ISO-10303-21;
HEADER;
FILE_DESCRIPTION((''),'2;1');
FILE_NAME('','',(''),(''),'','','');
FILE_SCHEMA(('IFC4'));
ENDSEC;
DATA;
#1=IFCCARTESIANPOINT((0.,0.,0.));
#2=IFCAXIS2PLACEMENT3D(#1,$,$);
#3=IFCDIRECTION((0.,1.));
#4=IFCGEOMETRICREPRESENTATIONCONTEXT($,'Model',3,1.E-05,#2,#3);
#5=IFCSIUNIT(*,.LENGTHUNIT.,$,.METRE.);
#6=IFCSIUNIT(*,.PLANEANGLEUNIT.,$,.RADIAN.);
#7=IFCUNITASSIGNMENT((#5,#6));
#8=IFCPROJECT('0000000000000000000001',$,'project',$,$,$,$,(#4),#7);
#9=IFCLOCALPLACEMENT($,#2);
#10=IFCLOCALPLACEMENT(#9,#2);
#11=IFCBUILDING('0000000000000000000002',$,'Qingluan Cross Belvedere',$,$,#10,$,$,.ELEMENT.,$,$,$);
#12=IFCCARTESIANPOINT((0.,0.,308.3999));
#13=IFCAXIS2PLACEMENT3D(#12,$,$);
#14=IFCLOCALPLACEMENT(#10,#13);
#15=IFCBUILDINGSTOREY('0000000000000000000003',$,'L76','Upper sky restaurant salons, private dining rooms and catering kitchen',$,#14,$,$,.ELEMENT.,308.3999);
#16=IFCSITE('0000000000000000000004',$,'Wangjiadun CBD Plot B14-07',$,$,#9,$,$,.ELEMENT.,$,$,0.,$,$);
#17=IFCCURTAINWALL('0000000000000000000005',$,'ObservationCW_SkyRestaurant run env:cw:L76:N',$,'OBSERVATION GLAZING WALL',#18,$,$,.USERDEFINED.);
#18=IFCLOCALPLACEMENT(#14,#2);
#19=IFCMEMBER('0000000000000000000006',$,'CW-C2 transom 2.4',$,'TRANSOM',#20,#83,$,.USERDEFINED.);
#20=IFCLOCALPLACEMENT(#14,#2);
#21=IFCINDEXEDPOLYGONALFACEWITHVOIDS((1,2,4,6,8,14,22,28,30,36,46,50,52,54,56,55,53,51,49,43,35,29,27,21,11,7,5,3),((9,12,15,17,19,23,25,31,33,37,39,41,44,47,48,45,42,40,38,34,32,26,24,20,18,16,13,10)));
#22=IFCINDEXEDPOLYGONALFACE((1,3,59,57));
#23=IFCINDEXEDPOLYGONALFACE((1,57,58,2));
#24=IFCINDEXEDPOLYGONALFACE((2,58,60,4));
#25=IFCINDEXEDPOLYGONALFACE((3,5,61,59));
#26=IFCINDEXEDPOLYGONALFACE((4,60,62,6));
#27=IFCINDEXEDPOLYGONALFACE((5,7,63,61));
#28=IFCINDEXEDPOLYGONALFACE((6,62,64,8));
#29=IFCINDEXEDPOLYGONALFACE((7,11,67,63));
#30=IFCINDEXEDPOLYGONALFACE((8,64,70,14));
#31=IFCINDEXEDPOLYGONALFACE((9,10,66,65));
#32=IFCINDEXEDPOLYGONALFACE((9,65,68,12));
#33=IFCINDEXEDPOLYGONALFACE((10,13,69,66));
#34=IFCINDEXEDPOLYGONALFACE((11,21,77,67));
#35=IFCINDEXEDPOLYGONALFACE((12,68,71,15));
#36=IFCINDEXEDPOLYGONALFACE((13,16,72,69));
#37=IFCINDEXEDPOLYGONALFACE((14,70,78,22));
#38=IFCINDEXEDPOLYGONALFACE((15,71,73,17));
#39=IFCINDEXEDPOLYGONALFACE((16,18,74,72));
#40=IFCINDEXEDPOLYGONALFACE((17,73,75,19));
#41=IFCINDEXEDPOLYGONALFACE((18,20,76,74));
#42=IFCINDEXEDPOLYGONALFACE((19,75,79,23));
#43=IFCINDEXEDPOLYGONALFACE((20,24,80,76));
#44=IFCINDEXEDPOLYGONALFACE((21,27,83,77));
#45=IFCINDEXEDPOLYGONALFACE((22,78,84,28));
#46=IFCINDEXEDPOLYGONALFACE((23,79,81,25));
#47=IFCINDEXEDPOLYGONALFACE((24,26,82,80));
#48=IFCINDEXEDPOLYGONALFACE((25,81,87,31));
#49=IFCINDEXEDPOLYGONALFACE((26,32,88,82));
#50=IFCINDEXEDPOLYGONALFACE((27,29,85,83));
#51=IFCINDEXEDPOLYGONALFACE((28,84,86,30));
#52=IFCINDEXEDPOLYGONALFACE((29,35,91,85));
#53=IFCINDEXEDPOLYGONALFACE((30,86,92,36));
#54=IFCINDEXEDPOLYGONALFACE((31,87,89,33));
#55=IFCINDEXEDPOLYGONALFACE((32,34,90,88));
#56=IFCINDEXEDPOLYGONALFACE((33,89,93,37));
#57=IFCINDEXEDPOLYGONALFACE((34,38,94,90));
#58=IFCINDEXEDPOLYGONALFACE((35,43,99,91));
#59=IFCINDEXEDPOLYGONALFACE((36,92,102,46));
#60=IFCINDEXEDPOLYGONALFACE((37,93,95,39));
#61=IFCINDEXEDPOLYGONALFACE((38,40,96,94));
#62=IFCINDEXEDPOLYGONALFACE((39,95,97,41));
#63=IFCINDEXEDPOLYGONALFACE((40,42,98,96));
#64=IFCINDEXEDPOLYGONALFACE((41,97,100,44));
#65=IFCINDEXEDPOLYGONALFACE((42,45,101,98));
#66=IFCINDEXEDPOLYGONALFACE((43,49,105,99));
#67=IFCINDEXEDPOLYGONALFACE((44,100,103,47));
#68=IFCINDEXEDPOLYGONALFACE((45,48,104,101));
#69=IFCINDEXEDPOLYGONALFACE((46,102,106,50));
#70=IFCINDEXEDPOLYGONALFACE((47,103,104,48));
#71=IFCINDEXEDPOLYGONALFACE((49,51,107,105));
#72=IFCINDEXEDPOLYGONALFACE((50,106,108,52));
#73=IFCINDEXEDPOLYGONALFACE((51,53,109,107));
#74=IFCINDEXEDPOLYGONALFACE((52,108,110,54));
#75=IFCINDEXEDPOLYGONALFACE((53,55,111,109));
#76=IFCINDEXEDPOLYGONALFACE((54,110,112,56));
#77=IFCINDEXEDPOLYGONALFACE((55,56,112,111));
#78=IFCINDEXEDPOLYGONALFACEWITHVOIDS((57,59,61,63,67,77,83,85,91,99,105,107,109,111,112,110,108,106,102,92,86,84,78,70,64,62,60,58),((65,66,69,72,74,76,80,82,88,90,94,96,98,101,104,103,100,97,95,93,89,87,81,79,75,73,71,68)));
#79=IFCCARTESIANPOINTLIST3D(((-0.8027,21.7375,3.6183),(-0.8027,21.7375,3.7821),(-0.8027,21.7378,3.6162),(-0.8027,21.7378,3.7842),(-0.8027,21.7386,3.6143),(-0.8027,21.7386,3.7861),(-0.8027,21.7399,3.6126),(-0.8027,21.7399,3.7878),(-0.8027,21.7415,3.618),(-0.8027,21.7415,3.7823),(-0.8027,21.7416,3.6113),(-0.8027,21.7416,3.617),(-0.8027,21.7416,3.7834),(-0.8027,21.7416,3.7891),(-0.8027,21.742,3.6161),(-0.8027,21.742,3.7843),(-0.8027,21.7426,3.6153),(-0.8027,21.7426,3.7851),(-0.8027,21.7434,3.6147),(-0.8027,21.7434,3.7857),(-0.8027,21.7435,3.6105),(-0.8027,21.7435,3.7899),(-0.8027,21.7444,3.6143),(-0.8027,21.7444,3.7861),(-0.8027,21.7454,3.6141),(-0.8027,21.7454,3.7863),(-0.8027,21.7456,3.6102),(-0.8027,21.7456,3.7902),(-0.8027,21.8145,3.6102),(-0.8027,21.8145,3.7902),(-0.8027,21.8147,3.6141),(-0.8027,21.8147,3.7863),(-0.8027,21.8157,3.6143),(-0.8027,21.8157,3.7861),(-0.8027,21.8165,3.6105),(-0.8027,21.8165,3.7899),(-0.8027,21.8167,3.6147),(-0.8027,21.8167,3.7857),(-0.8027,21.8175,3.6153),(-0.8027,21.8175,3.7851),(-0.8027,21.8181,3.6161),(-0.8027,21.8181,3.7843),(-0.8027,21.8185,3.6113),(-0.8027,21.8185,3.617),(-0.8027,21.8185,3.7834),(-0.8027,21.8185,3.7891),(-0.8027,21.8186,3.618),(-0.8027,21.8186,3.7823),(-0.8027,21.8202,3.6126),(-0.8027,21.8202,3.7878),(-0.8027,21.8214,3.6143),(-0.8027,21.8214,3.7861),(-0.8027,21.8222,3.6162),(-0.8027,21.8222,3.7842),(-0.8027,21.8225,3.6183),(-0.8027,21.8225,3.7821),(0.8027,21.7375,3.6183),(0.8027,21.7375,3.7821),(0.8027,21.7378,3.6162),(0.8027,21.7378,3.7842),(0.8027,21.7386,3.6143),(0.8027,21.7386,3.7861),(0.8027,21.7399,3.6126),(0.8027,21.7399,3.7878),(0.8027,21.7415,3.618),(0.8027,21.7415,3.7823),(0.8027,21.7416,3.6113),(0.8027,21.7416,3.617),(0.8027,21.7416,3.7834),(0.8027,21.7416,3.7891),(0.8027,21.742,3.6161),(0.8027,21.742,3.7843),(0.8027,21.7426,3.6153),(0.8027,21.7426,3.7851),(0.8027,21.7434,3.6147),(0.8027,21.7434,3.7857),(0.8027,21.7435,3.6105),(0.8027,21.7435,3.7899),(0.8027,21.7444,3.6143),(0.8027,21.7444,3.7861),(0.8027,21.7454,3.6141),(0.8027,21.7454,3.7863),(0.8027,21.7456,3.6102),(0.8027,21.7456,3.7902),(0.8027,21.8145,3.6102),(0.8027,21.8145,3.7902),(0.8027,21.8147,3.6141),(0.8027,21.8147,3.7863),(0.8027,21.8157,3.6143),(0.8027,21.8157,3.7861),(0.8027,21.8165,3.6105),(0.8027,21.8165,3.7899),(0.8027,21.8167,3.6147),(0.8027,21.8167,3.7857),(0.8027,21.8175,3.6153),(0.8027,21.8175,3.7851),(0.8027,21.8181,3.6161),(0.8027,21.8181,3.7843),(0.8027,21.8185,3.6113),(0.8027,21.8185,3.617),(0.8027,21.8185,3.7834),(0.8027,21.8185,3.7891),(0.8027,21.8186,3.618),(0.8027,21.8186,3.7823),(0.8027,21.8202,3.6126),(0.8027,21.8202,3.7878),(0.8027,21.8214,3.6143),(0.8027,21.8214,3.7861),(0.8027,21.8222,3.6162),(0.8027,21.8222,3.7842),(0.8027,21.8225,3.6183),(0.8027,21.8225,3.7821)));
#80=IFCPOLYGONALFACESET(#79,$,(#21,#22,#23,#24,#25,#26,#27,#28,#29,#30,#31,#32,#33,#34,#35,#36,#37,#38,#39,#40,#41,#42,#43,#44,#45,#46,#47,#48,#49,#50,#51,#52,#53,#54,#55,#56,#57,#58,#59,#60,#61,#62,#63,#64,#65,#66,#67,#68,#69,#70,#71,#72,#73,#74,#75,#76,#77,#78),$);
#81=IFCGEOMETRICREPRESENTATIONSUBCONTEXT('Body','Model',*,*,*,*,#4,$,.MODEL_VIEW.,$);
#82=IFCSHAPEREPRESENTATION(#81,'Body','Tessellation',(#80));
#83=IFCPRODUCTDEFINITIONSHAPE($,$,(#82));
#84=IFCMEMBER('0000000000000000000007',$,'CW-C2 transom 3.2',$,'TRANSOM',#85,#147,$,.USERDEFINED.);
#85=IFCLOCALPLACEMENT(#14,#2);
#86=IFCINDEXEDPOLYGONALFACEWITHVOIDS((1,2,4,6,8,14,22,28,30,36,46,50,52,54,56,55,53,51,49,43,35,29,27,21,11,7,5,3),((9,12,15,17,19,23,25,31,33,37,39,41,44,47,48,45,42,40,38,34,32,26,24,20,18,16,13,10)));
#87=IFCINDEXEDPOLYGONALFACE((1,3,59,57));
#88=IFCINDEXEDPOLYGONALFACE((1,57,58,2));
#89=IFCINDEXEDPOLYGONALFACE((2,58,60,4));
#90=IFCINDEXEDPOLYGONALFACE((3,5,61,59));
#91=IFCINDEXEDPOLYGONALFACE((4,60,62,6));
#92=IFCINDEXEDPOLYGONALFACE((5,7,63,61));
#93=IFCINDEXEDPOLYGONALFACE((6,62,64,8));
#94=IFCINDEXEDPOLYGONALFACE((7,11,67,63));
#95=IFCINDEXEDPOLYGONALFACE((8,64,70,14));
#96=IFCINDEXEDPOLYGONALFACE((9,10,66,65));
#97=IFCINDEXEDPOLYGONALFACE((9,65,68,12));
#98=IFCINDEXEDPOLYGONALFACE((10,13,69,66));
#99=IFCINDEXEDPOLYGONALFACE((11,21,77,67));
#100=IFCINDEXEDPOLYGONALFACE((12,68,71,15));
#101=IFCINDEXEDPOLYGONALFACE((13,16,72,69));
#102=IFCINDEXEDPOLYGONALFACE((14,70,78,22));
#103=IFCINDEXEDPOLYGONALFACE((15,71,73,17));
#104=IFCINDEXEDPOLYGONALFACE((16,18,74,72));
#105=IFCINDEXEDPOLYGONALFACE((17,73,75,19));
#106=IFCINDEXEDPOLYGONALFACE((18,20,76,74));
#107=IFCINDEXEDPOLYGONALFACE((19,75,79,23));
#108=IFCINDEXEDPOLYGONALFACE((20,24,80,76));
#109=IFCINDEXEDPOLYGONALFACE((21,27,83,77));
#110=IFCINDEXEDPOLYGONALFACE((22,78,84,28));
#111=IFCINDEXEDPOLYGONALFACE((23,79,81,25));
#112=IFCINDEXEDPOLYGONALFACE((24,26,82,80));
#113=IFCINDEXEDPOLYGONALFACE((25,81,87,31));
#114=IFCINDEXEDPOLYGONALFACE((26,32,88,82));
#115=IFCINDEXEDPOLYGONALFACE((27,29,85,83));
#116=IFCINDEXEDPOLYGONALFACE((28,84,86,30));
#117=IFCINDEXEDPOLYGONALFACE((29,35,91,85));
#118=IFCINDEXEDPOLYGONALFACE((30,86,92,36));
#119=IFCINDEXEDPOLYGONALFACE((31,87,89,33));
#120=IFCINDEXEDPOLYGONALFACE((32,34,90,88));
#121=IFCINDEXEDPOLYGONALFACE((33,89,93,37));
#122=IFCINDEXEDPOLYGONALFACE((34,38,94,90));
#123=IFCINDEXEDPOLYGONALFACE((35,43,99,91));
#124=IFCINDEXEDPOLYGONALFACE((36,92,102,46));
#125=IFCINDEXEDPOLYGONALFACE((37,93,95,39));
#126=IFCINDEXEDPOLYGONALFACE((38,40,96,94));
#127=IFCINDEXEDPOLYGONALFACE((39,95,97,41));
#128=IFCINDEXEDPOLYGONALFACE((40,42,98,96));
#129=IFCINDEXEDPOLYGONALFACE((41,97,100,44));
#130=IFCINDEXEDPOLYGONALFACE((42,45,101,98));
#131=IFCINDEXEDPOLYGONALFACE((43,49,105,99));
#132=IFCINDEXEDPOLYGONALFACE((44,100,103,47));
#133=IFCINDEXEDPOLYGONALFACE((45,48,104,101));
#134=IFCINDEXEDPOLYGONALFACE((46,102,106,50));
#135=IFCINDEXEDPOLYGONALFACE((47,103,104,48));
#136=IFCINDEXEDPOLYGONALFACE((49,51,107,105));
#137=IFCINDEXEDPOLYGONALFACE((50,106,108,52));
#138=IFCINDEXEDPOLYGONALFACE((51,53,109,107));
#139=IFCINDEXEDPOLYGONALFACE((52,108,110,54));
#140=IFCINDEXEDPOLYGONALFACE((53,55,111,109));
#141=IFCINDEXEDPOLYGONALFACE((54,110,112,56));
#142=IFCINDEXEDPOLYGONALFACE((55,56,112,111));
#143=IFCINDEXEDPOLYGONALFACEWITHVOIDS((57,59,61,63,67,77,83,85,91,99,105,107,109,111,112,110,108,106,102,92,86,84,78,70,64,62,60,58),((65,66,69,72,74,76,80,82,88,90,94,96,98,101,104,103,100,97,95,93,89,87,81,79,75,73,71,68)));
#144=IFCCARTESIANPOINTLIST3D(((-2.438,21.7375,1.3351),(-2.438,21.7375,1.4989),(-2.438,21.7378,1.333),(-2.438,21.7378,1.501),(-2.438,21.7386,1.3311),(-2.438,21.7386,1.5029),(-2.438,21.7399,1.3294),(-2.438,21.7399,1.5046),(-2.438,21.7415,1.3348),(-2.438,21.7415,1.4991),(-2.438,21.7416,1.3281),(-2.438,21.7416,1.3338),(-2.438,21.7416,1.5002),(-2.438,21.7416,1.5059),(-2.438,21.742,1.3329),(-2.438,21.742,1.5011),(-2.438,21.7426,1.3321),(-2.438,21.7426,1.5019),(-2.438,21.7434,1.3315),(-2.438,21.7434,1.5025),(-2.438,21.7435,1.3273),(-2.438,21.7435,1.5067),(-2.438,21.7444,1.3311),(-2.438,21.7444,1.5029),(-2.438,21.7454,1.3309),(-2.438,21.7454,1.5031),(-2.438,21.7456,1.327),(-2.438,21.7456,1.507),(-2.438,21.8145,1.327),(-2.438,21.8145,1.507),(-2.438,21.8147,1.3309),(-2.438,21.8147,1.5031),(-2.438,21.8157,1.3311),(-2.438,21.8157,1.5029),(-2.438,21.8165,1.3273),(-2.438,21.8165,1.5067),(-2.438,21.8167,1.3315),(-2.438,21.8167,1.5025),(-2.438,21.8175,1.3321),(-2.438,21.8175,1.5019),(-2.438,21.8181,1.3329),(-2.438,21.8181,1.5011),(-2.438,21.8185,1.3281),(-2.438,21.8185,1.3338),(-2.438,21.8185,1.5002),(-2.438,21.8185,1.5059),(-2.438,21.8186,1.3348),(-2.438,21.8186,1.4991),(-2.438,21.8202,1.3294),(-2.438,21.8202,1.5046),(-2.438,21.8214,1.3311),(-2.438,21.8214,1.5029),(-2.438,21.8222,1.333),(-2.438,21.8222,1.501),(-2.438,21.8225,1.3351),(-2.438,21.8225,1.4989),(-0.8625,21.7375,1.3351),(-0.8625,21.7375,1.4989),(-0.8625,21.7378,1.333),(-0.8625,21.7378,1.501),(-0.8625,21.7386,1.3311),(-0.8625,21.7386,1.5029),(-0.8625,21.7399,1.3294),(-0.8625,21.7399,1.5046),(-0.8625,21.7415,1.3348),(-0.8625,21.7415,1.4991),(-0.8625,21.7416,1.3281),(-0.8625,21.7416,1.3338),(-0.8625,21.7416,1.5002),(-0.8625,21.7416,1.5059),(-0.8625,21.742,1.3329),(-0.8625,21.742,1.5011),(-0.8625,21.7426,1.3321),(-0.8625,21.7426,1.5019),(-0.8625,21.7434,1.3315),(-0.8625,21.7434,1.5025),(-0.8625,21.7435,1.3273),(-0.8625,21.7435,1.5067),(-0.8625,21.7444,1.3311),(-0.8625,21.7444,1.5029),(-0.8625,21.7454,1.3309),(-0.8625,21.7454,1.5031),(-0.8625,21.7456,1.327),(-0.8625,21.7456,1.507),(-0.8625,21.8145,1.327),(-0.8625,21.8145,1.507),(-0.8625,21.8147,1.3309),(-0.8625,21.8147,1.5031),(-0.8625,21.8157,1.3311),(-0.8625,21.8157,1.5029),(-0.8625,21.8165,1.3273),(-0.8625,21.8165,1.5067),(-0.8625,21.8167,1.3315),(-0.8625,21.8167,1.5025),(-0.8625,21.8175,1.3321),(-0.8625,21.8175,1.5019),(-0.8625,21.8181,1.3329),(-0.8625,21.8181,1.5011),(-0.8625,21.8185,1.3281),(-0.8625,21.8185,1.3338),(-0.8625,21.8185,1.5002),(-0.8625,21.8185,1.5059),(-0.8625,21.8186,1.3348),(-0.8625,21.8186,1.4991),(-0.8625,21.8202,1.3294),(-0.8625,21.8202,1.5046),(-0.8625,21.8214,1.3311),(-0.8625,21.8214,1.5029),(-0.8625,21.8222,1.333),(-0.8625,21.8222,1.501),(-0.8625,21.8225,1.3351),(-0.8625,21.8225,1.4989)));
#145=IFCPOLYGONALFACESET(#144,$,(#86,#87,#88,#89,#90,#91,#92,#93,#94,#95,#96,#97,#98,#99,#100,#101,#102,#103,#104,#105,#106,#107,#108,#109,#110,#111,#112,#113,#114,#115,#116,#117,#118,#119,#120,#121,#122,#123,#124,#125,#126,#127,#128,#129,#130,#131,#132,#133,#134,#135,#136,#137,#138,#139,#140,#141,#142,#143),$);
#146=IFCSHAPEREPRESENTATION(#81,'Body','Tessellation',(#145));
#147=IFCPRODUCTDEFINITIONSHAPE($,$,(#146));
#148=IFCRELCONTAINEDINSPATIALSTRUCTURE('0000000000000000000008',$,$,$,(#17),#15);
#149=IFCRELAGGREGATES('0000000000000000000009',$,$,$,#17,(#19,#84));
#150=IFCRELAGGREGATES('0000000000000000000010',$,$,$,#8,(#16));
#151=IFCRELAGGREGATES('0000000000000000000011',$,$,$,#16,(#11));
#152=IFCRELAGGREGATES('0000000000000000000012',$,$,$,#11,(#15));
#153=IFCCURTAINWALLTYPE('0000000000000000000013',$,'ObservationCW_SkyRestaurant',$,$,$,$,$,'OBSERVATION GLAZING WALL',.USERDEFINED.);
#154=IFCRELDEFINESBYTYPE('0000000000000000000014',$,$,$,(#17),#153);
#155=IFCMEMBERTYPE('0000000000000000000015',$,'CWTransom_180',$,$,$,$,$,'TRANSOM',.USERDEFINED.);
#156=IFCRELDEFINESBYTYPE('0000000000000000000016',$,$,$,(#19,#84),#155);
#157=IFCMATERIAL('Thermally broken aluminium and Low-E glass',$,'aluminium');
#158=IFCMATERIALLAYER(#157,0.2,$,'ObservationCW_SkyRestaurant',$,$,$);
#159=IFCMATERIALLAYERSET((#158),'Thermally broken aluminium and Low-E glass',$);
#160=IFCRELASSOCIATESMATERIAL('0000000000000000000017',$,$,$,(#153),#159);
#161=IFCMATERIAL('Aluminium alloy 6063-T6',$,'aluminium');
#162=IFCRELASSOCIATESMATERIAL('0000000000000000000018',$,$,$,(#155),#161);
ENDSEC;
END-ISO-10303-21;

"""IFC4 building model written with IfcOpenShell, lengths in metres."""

from ifc_helpers import new_model, si_unit, direction, frame, origin, origin_2d, place, context, subcontext, project, spatial, hollow_rectangle, extrude, material, layer, layer_set, material_profile, profile_set, type_object, element, aggregate, save


model = new_model("IFC4")

# Units and contexts
model_context = context("Model", 3, precision=1e-05, world=origin(), true_north=direction((0.0, 1.0)))
body_context = subcontext(model_context, "Body", "Model", "MODEL_VIEW")
ifc_project = project(units=[si_unit("LENGTHUNIT", "METRE"), si_unit("PLANEANGLEUNIT", "RADIAN")], contexts=[model_context])

# Site, building, storey
site_placement = place(None, origin())
site = spatial("IfcSite", under=ifc_project, at=site_placement, Name="Wangjiadun CBD Plot B14-07", CompositionType="ELEMENT", RefElevation=0.0)
building_placement = place(site_placement, origin())
building = spatial("IfcBuilding", under=site, at=building_placement, Name="Qingluan Cross Belvedere", CompositionType="ELEMENT")
storey_placement = place(building_placement, frame((0.0, 0.0, 308.3999)))
storey = spatial("IfcBuildingStorey", under=building, at=storey_placement, Name="L76", Description="Upper sky restaurant salons, private dining rooms and catering kitchen", CompositionType="ELEMENT", Elevation=308.3999)

# Curtain wall, members
ifc_material_1 = material(Name="Thermally broken aluminium and Low-E glass", Category="aluminium")
ifc_layer_1 = layer(ifc_material_1, 0.2, Name="ObservationCW_SkyRestaurant")
ifc_layer_set_1 = layer_set([ifc_layer_1], Name="Thermally broken aluminium and Low-E glass")
curtain_wall_type = type_object("IfcCurtainWallType", Name="ObservationCW_SkyRestaurant", ElementType="OBSERVATION GLAZING WALL", PredefinedType="USERDEFINED", material=ifc_layer_set_1)
curtain_wall_placement = place(storey_placement, origin())
curtain_wall = element("IfcCurtainWall", 1, at=curtain_wall_placement, inside=storey, type_object=curtain_wall_type, Name="ObservationCW_SkyRestaurant run env:cw:L76:N", ObjectType="OBSERVATION GLAZING WALL", PredefinedType="USERDEFINED")
ifc_material_2 = material(Name="Aluminium alloy 6063-T6", Category="aluminium")
ifc_material_profile_1 = material_profile(ifc_material_2, hollow_rectangle(XDim=0.085, YDim=0.1799, WallThickness=0.0039, InnerFilletRadius=0.0039, OuterFilletRadius=0.0081, at=origin_2d()), Name="CWT180x85x4")
ifc_profile_set_1 = profile_set([ifc_material_profile_1], Name="Aluminium alloy 6063-T6")
member_type_1 = type_object("IfcMemberType", Name="CWTransom_180", ElementType="TRANSOM", PredefinedType="USERDEFINED", material=ifc_profile_set_1)
member_1_placement = place(storey_placement, frame((0.8027, 21.78, 3.7002), z_axis=(-1.0, 0.0, 0.0), x_axis=(0.0, -1.0, 0.0)))
member_1 = element("IfcMember", 2, at=member_1_placement, type_object=member_type_1, Name="CW-C2 transom 2.4", ObjectType="TRANSOM", PredefinedType="USERDEFINED", context=body_context, shape_type="SweptSolid", body=[
    extrude(hollow_rectangle(XDim=0.085, YDim=0.1799, WallThickness=0.0039, InnerFilletRadius=0.0039, OuterFilletRadius=0.0081, at=origin_2d()), origin(), (0.0, 0.0, 1.0), 1.6055),
])
member_2_placement = place(storey_placement, frame((-0.8625, 21.78, 1.417), z_axis=(-1.0, 0.0, 0.0), x_axis=(0.0, -1.0, 0.0)))
member_2 = element("IfcMember", 3, at=member_2_placement, type_object=member_type_1, Name="CW-C2 transom 3.2", ObjectType="TRANSOM", PredefinedType="USERDEFINED", context=body_context, shape_type="SweptSolid", body=[
    extrude(hollow_rectangle(XDim=0.085, YDim=0.1799, WallThickness=0.0039, InnerFilletRadius=0.0039, OuterFilletRadius=0.0081, at=origin_2d()), origin(), (0.0, 0.0, 1.0), 1.5754),
])

aggregate(curtain_wall, [member_1, member_2])

save(model, "model.ifc")
